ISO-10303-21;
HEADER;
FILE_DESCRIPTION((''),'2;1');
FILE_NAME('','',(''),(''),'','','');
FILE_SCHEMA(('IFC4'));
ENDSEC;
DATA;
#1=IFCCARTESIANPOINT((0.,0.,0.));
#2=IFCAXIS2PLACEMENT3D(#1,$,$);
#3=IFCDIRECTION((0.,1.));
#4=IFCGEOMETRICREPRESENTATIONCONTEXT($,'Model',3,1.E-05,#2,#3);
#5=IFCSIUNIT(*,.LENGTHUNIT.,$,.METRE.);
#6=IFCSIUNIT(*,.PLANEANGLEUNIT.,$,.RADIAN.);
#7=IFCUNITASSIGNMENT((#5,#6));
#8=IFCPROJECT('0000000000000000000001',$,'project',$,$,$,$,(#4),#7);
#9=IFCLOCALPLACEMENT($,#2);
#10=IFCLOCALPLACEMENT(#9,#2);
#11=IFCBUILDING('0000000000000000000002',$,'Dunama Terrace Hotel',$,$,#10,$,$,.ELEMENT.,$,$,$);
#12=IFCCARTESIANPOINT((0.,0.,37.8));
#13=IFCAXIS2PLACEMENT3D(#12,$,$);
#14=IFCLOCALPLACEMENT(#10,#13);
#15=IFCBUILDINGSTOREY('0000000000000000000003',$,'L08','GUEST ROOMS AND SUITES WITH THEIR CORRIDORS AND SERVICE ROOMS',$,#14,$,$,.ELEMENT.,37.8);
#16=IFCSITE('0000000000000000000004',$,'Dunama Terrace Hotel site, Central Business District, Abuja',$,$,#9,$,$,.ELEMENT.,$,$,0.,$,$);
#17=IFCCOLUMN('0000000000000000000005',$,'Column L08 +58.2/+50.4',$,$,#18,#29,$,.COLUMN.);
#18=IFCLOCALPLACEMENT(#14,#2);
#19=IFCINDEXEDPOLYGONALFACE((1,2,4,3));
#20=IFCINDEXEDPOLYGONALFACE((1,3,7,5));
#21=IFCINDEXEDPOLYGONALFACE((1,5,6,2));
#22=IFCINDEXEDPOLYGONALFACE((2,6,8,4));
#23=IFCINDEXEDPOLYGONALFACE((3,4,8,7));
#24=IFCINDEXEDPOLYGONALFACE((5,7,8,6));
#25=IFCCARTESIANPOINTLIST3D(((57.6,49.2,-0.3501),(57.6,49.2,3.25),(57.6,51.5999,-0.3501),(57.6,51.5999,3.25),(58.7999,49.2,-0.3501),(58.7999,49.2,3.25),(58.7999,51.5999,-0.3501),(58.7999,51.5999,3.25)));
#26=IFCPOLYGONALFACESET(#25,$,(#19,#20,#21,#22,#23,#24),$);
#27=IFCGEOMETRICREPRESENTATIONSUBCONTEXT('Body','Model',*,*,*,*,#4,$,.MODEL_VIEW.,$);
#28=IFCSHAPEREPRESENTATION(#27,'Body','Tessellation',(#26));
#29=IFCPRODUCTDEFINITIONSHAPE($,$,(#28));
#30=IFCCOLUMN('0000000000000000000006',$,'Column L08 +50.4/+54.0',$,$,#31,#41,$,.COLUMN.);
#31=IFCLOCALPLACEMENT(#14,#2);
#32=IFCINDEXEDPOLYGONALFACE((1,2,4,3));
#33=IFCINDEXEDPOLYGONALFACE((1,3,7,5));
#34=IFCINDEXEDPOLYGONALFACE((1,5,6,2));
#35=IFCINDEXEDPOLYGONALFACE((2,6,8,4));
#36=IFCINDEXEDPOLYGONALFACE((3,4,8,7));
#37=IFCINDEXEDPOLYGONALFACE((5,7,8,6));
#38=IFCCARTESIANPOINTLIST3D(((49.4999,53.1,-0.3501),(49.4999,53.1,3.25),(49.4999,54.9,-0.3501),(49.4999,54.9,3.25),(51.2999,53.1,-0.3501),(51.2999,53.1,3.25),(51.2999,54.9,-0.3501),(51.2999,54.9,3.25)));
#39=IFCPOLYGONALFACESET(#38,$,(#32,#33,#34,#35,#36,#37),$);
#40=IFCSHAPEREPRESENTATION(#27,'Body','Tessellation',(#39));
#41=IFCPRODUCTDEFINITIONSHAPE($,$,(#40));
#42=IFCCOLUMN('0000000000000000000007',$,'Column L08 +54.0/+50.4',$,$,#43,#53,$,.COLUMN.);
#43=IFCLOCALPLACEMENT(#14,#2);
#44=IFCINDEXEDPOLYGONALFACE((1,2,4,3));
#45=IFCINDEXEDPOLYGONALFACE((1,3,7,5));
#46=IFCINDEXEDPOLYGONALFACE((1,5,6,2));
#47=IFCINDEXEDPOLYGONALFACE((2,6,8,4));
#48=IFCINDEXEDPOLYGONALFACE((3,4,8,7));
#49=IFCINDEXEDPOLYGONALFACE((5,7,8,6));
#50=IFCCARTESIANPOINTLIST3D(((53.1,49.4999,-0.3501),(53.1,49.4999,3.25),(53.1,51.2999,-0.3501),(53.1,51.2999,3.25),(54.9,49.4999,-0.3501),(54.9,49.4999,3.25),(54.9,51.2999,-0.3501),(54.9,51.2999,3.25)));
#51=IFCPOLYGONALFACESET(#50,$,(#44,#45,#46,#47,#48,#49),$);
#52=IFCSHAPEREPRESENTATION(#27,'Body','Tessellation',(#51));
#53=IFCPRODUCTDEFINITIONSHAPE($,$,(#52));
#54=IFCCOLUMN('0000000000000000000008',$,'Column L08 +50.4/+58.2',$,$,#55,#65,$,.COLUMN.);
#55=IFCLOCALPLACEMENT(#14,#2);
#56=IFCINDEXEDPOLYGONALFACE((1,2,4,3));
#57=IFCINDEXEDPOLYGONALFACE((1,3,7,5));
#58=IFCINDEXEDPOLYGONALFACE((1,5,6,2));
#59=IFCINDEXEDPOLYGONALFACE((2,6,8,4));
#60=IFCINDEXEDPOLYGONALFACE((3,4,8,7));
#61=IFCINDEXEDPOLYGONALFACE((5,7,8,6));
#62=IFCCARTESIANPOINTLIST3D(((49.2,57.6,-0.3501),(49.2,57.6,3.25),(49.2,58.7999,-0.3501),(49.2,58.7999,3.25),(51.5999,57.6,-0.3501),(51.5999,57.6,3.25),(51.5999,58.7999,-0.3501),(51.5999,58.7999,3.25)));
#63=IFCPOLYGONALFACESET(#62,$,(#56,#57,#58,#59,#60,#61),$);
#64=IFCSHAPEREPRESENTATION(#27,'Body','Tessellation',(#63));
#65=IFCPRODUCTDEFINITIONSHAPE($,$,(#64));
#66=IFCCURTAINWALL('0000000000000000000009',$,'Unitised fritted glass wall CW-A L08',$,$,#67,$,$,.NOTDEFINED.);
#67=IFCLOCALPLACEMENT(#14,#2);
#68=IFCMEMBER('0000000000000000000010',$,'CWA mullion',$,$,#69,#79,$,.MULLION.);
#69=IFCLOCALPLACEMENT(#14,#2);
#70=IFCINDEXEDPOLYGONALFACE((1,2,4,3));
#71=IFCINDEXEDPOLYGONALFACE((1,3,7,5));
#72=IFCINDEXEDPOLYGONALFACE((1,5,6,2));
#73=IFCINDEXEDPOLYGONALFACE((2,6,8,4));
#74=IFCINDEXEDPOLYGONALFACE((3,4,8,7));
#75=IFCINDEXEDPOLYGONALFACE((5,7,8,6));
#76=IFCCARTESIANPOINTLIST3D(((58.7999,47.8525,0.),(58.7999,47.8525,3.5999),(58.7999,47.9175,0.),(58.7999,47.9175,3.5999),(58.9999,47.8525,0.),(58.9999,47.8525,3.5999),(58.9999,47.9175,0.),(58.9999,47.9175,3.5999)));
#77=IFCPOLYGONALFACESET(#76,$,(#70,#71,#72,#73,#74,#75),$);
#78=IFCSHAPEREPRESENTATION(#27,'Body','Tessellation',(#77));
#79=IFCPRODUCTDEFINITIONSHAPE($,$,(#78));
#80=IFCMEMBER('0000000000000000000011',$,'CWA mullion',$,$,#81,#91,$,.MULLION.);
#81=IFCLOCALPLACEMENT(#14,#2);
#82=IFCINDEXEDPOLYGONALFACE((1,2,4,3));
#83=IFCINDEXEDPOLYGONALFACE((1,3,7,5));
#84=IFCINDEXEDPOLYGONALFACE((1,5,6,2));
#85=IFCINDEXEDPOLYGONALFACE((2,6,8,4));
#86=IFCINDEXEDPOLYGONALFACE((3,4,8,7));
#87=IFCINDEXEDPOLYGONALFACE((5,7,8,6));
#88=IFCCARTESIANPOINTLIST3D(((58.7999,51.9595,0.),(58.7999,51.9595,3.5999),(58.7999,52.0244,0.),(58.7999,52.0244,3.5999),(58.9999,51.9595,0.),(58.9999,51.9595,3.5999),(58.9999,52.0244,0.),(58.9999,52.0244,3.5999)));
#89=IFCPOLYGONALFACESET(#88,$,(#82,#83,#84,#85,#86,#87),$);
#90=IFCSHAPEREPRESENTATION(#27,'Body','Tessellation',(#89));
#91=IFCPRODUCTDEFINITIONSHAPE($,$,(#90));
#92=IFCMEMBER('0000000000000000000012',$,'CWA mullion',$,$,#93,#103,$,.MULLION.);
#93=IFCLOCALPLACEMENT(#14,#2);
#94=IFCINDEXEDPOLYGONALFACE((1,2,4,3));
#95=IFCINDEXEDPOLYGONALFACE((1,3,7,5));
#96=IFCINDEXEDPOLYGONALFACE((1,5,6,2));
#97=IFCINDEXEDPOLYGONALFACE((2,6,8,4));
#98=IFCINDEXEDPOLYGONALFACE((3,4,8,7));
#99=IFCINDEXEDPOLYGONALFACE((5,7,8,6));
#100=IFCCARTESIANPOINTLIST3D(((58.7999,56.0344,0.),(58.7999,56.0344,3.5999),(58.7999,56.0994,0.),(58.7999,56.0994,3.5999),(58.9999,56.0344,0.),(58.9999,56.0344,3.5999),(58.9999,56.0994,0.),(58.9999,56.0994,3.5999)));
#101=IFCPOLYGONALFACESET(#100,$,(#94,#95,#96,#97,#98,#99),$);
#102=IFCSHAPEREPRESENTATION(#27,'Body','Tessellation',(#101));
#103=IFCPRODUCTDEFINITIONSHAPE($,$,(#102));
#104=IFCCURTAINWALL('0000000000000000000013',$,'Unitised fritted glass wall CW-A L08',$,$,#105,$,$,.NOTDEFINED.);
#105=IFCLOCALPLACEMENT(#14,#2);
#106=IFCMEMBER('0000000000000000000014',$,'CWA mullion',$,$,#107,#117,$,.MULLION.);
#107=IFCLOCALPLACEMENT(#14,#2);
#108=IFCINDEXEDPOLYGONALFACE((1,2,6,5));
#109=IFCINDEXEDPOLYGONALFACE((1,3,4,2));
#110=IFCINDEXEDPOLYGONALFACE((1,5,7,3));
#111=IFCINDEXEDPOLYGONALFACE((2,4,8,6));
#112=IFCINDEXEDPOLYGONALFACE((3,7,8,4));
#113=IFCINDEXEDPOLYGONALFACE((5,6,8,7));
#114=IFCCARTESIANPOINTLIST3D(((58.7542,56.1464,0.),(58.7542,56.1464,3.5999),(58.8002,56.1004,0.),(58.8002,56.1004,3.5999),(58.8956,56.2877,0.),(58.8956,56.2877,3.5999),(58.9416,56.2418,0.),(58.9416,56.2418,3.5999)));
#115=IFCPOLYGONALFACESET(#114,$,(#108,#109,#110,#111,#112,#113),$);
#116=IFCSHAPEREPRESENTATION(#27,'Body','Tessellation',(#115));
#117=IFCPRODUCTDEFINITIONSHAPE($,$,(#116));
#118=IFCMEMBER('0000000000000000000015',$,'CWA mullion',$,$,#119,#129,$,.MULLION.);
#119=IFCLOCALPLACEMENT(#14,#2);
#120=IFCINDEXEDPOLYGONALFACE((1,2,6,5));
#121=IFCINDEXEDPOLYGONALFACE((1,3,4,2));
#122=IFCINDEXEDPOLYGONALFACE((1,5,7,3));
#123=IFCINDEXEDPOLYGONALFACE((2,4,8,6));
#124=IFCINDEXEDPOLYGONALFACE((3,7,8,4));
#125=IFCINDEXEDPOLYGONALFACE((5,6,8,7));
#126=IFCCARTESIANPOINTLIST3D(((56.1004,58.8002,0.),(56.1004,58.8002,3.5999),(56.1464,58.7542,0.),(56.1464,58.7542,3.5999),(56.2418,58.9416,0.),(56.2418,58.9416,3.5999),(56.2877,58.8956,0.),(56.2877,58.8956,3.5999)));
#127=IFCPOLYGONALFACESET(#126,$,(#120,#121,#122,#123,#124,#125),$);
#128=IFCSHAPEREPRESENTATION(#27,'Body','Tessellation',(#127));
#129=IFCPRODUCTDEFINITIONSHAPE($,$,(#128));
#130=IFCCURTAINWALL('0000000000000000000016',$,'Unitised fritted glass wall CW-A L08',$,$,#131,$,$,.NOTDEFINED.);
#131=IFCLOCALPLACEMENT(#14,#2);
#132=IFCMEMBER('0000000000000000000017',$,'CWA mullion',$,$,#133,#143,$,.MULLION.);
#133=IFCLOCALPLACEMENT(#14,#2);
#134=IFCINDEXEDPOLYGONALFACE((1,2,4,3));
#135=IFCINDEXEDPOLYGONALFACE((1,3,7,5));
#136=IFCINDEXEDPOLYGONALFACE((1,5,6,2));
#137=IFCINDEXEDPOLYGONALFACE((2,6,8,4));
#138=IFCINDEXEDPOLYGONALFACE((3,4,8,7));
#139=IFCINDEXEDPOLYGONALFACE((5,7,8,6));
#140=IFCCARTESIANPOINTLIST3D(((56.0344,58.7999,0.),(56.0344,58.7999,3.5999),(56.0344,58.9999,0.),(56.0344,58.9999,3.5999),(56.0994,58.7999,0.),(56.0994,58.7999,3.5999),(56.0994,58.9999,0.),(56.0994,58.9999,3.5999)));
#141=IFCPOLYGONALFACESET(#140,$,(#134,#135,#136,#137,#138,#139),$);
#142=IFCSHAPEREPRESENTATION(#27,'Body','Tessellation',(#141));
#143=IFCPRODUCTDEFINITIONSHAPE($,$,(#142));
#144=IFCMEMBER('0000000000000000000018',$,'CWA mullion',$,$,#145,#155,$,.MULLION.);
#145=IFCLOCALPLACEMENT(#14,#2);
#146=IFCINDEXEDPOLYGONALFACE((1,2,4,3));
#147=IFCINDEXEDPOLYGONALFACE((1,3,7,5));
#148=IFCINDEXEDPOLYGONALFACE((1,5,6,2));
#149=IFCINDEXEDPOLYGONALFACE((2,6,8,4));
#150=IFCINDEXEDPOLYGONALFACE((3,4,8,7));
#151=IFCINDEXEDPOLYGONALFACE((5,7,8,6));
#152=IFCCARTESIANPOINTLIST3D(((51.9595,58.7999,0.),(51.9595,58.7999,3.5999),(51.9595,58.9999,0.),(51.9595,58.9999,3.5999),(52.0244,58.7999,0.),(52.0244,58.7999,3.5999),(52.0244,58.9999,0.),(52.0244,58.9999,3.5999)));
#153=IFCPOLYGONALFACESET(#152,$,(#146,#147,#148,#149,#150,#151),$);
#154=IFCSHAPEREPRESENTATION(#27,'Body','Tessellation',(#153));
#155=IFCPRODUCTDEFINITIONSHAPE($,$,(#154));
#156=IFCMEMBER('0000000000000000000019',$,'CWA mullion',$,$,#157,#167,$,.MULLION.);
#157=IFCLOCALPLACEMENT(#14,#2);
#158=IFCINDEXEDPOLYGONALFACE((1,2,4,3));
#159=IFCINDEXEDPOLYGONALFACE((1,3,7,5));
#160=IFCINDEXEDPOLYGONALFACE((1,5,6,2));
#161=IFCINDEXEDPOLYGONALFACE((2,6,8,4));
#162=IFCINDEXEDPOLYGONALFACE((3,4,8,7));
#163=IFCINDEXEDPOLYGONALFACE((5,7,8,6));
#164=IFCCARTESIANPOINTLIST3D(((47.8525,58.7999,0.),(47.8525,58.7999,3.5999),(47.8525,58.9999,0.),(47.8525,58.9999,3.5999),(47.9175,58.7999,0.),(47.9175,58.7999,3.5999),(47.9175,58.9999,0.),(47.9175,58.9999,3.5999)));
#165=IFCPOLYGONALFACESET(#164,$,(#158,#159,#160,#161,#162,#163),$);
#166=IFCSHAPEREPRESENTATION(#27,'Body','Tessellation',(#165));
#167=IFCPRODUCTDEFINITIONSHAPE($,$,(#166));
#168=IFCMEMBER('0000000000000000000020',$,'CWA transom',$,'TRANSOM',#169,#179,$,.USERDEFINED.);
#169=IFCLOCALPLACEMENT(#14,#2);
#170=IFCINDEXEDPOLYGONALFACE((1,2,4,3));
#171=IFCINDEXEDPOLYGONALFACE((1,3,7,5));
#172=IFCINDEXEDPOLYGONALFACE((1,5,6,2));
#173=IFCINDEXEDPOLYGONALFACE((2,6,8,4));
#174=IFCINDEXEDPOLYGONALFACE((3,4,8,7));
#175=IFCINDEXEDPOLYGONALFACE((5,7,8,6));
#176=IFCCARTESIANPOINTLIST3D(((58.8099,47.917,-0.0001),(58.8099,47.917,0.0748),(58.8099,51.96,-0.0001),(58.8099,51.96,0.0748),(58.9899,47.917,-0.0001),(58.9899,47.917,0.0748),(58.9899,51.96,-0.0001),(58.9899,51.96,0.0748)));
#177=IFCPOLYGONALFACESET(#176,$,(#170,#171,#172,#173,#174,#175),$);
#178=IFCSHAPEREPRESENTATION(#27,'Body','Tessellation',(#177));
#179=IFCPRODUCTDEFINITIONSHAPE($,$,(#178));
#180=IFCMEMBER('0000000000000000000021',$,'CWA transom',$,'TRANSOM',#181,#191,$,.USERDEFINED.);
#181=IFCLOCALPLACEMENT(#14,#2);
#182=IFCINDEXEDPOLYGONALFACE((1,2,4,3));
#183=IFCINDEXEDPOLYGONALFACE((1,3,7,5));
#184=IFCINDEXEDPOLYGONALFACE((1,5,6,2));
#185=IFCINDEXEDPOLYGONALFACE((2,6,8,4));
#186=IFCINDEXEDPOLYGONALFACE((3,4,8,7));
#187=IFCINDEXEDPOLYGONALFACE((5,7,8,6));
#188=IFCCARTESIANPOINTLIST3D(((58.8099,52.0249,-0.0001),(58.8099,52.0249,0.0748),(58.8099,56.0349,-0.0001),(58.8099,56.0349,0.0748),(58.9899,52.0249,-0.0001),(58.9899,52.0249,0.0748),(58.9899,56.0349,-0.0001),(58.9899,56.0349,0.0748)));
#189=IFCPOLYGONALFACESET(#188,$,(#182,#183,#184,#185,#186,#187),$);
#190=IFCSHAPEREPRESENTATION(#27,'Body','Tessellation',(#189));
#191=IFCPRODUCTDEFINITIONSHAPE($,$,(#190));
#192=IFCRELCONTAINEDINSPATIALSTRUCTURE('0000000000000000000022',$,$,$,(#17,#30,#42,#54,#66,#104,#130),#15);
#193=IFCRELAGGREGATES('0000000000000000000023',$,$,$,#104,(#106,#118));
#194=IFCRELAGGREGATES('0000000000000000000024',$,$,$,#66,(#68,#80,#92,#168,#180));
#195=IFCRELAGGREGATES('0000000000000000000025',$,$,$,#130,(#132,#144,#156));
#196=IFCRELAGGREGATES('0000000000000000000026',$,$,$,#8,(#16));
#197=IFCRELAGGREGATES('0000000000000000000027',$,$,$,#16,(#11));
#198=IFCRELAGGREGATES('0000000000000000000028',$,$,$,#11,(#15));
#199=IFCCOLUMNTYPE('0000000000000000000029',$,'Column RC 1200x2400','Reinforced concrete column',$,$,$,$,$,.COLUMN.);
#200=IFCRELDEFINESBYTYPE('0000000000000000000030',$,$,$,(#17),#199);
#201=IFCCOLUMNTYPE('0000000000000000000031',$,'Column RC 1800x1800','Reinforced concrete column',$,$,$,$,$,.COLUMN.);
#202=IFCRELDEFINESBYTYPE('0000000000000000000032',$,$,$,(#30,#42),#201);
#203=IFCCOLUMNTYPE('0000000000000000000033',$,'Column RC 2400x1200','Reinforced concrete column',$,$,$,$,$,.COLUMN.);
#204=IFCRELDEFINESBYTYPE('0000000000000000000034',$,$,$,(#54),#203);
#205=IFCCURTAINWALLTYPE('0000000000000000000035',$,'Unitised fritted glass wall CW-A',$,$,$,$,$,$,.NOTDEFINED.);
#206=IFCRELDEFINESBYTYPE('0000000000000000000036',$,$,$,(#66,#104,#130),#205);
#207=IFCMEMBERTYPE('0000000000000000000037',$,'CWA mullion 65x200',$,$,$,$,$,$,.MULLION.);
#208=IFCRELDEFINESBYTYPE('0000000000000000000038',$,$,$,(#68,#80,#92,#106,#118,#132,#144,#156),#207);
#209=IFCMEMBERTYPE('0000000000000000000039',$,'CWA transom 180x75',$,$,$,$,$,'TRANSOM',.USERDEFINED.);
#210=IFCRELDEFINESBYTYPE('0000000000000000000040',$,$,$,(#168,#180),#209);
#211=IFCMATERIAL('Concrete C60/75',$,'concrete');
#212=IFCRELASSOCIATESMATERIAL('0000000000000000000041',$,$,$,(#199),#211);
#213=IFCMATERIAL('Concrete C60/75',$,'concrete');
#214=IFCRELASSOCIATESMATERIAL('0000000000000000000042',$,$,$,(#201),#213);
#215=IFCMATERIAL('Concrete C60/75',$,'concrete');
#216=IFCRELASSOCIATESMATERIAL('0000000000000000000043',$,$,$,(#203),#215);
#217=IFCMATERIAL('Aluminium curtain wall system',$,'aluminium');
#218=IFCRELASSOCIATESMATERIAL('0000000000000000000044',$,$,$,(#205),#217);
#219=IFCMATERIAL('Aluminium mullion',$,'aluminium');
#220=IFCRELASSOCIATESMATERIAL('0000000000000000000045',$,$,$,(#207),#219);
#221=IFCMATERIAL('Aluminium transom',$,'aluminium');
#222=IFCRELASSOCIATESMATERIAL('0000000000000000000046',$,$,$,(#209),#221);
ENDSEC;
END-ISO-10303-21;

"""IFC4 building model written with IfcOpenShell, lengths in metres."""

from ifc_helpers import new_model, si_unit, direction, frame, origin, origin_2d, place, context, subcontext, project, spatial, rectangle, extrude, material, material_profile, profile_set, type_object, element, aggregate, save


model = new_model("IFC4")

# Units and contexts
model_context = context("Model", 3, precision=1e-05, world=origin(), true_north=direction((0.0, 1.0)))
body_context = subcontext(model_context, "Body", "Model", "MODEL_VIEW")
ifc_project = project(units=[si_unit("LENGTHUNIT", "METRE"), si_unit("PLANEANGLEUNIT", "RADIAN")], contexts=[model_context])

# Site, building, storey
site_placement = place(None, origin())
site = spatial("IfcSite", under=ifc_project, at=site_placement, Name="Dunama Terrace Hotel site, Central Business District, Abuja", CompositionType="ELEMENT", RefElevation=0.0)
building_placement = place(site_placement, origin())
building = spatial("IfcBuilding", under=site, at=building_placement, Name="Dunama Terrace Hotel", CompositionType="ELEMENT")
storey_placement = place(building_placement, frame((0.0, 0.0, 37.8)))
storey = spatial("IfcBuildingStorey", under=building, at=storey_placement, Name="L08", Description="GUEST ROOMS AND SUITES WITH THEIR CORRIDORS AND SERVICE ROOMS", CompositionType="ELEMENT", Elevation=37.8)

# Columns
ifc_material_1 = material(Name="Concrete C60/75", Category="concrete")
ifc_material_profile_1 = material_profile(ifc_material_1, rectangle(XDim=1.2, YDim=2.3999, at=origin_2d()), Name="RC 1200x2400")
ifc_profile_set_1 = profile_set([ifc_material_profile_1], Name="Concrete C60/75")
column_type_1 = type_object("IfcColumnType", Name="Column RC 1200x2400", Description="Reinforced concrete column", PredefinedType="COLUMN", material=ifc_profile_set_1)
column_1_placement = place(storey_placement, frame((58.2, 50.3999, -0.3501), z_axis=(0.0, 0.0, 1.0), x_axis=(1.0, 0.0, 0.0)))
element("IfcColumn", 1, at=column_1_placement, inside=storey, type_object=column_type_1, Name="Column L08 +58.2/+50.4", PredefinedType="COLUMN", context=body_context, shape_type="SweptSolid", body=[
    extrude(rectangle(XDim=1.2, YDim=2.3999, at=origin_2d()), origin(), (0.0, 0.0, 1.0), 3.6001),
])
ifc_material_2 = material(Name="Concrete C60/75", Category="concrete")
ifc_material_profile_2 = material_profile(ifc_material_2, rectangle(XDim=1.8, YDim=1.8, at=origin_2d()), Name="RC 1800x1800")
ifc_profile_set_2 = profile_set([ifc_material_profile_2], Name="Concrete C60/75")
column_type_2 = type_object("IfcColumnType", Name="Column RC 1800x1800", Description="Reinforced concrete column", PredefinedType="COLUMN", material=ifc_profile_set_2)
for number, where, z_axis, x_axis, name in (
    (2, (50.3999, 54.0, -0.3501), (0.0, 0.0, 1.0), (1.0, 0.0, 0.0), "Column L08 +50.4/+54.0"),
    (3, (54.0, 50.3999, -0.3501), (0.0, 0.0, 1.0), (1.0, 0.0, 0.0), "Column L08 +54.0/+50.4"),
):
    element("IfcColumn", number, at=place(storey_placement, frame(where, z_axis=z_axis, x_axis=x_axis)), inside=storey, type_object=column_type_2, Name=name, PredefinedType="COLUMN", context=body_context, shape_type="SweptSolid", body=[
        extrude(rectangle(XDim=1.8, YDim=1.8, at=origin_2d()), origin(), (0.0, 0.0, 1.0), 3.6001),
    ])
ifc_material_3 = material(Name="Concrete C60/75", Category="concrete")
ifc_material_profile_3 = material_profile(ifc_material_3, rectangle(XDim=2.3999, YDim=1.2, at=origin_2d()), Name="RC 2400x1200")
ifc_profile_set_3 = profile_set([ifc_material_profile_3], Name="Concrete C60/75")
column_type_3 = type_object("IfcColumnType", Name="Column RC 2400x1200", Description="Reinforced concrete column", PredefinedType="COLUMN", material=ifc_profile_set_3)
column_2_placement = place(storey_placement, frame((50.3999, 58.2, -0.3501), z_axis=(0.0, 0.0, 1.0), x_axis=(1.0, 0.0, 0.0)))
element("IfcColumn", 4, at=column_2_placement, inside=storey, type_object=column_type_3, Name="Column L08 +50.4/+58.2", PredefinedType="COLUMN", context=body_context, shape_type="SweptSolid", body=[
    extrude(rectangle(XDim=2.3999, YDim=1.2, at=origin_2d()), origin(), (0.0, 0.0, 1.0), 3.6001),
])

# Curtain walls, members
ifc_material_4 = material(Name="Aluminium curtain wall system", Category="aluminium")
curtain_wall_type = type_object("IfcCurtainWallType", Name="Unitised fritted glass wall CW-A", PredefinedType="NOTDEFINED", material=ifc_material_4)
curtain_wall_1_placement = place(storey_placement, origin())
curtain_wall_1 = element("IfcCurtainWall", 5, at=curtain_wall_1_placement, inside=storey, type_object=curtain_wall_type, Name="Unitised fritted glass wall CW-A L08", PredefinedType="NOTDEFINED")
ifc_material_5 = material(Name="Aluminium mullion", Category="aluminium")
ifc_material_profile_4 = material_profile(ifc_material_5, rectangle(XDim=0.0649, YDim=0.2, at=origin_2d()), Name="CWA MULLION 65X200")
ifc_profile_set_4 = profile_set([ifc_material_profile_4], Name="Aluminium mullion")
member_type_1 = type_object("IfcMemberType", Name="CWA mullion 65x200", PredefinedType="MULLION", material=ifc_profile_set_4)
member_1_placement = place(storey_placement, frame((58.8999, 47.885, 0.0), z_axis=(0.0, 0.0, 1.0), x_axis=(0.0, 1.0, 0.0)))
member_1 = element("IfcMember", 6, at=member_1_placement, type_object=member_type_1, Name="CWA mullion", PredefinedType="MULLION", context=body_context, shape_type="SweptSolid", body=[
    extrude(rectangle(XDim=0.0649, YDim=0.2, at=origin_2d()), origin(), (0.0, 0.0, 1.0), 3.5999),
])
member_2_placement = place(storey_placement, frame((58.8999, 51.9919, 0.0), z_axis=(0.0, 0.0, 1.0), x_axis=(0.0, 1.0, 0.0)))
member_2 = element("IfcMember", 7, at=member_2_placement, type_object=member_type_1, Name="CWA mullion", PredefinedType="MULLION", context=body_context, shape_type="SweptSolid", body=[
    extrude(rectangle(XDim=0.0649, YDim=0.2, at=origin_2d()), origin(), (0.0, 0.0, 1.0), 3.5999),
])
member_3_placement = place(storey_placement, frame((58.8999, 56.0669, 0.0), z_axis=(0.0, 0.0, 1.0), x_axis=(0.0, 1.0, 0.0)))
member_3 = element("IfcMember", 8, at=member_3_placement, type_object=member_type_1, Name="CWA mullion", PredefinedType="MULLION", context=body_context, shape_type="SweptSolid", body=[
    extrude(rectangle(XDim=0.0649, YDim=0.2, at=origin_2d()), origin(), (0.0, 0.0, 1.0), 3.5999),
])
curtain_wall_2_placement = place(storey_placement, origin())
curtain_wall_2 = element("IfcCurtainWall", 9, at=curtain_wall_2_placement, inside=storey, type_object=curtain_wall_type, Name="Unitised fritted glass wall CW-A L08", PredefinedType="NOTDEFINED")
member_4_placement = place(storey_placement, frame((58.8479, 56.1941, 0.0), z_axis=(0.0, 0.0, 1.0), x_axis=(-0.707107, 0.707107, 0.0)))
member_4 = element("IfcMember", 10, at=member_4_placement, type_object=member_type_1, Name="CWA mullion", PredefinedType="MULLION", context=body_context, shape_type="SweptSolid", body=[
    extrude(rectangle(XDim=0.0649, YDim=0.2, at=origin_2d()), origin(), (0.0, 0.0, 1.0), 3.5999),
])
member_5_placement = place(storey_placement, frame((56.1941, 58.8479, 0.0), z_axis=(0.0, 0.0, 1.0), x_axis=(-0.707107, 0.707107, 0.0)))
member_5 = element("IfcMember", 11, at=member_5_placement, type_object=member_type_1, Name="CWA mullion", PredefinedType="MULLION", context=body_context, shape_type="SweptSolid", body=[
    extrude(rectangle(XDim=0.0649, YDim=0.2, at=origin_2d()), origin(), (0.0, 0.0, 1.0), 3.5999),
])
curtain_wall_3_placement = place(storey_placement, origin())
curtain_wall_3 = element("IfcCurtainWall", 12, at=curtain_wall_3_placement, inside=storey, type_object=curtain_wall_type, Name="Unitised fritted glass wall CW-A L08", PredefinedType="NOTDEFINED")
member_6_placement = place(storey_placement, frame((56.0669, 58.8999, 0.0), z_axis=(0.0, 0.0, 1.0), x_axis=(-1.0, 0.0, 0.0)))
member_6 = element("IfcMember", 13, at=member_6_placement, type_object=member_type_1, Name="CWA mullion", PredefinedType="MULLION", context=body_context, shape_type="SweptSolid", body=[
    extrude(rectangle(XDim=0.0649, YDim=0.2, at=origin_2d()), origin(), (0.0, 0.0, 1.0), 3.5999),
])
member_7_placement = place(storey_placement, frame((51.9919, 58.8999, 0.0), z_axis=(0.0, 0.0, 1.0), x_axis=(-1.0, 0.0, 0.0)))
member_7 = element("IfcMember", 14, at=member_7_placement, type_object=member_type_1, Name="CWA mullion", PredefinedType="MULLION", context=body_context, shape_type="SweptSolid", body=[
    extrude(rectangle(XDim=0.0649, YDim=0.2, at=origin_2d()), origin(), (0.0, 0.0, 1.0), 3.5999),
])
member_8_placement = place(storey_placement, frame((47.885, 58.8999, 0.0), z_axis=(0.0, 0.0, 1.0), x_axis=(-1.0, 0.0, 0.0)))
member_8 = element("IfcMember", 15, at=member_8_placement, type_object=member_type_1, Name="CWA mullion", PredefinedType="MULLION", context=body_context, shape_type="SweptSolid", body=[
    extrude(rectangle(XDim=0.0649, YDim=0.2, at=origin_2d()), origin(), (0.0, 0.0, 1.0), 3.5999),
])

# Members
ifc_material_6 = material(Name="Aluminium transom", Category="aluminium")
ifc_material_profile_5 = material_profile(ifc_material_6, rectangle(XDim=0.1799, YDim=0.075, at=origin_2d()), Name="CWA TRANSOM 180X75")
ifc_profile_set_5 = profile_set([ifc_material_profile_5], Name="Aluminium transom")
member_type_2 = type_object("IfcMemberType", Name="CWA transom 180x75", ElementType="TRANSOM", PredefinedType="USERDEFINED", material=ifc_profile_set_5)
member_9_placement = place(storey_placement, frame((58.8999, 47.917, 0.0374), z_axis=(0.0, 1.0, 0.0), x_axis=(-1.0, 0.0, 0.0)))
member_9 = element("IfcMember", 16, at=member_9_placement, type_object=member_type_2, Name="CWA transom", ObjectType="TRANSOM", PredefinedType="USERDEFINED", context=body_context, shape_type="SweptSolid", body=[
    extrude(rectangle(XDim=0.1799, YDim=0.075, at=origin_2d()), origin(), (0.0, 0.0, 1.0), 4.043),
])
member_10_placement = place(storey_placement, frame((58.8999, 52.0249, 0.0374), z_axis=(0.0, 1.0, 0.0), x_axis=(-1.0, 0.0, 0.0)))
member_10 = element("IfcMember", 17, at=member_10_placement, type_object=member_type_2, Name="CWA transom", ObjectType="TRANSOM", PredefinedType="USERDEFINED", context=body_context, shape_type="SweptSolid", body=[
    extrude(rectangle(XDim=0.1799, YDim=0.075, at=origin_2d()), origin(), (0.0, 0.0, 1.0), 4.01),
])

aggregate(curtain_wall_2, [member_4, member_5])
aggregate(curtain_wall_1, [member_1, member_2, member_3, member_9, member_10])
aggregate(curtain_wall_3, [member_6, member_7, member_8])

save(model, "model.ifc")
